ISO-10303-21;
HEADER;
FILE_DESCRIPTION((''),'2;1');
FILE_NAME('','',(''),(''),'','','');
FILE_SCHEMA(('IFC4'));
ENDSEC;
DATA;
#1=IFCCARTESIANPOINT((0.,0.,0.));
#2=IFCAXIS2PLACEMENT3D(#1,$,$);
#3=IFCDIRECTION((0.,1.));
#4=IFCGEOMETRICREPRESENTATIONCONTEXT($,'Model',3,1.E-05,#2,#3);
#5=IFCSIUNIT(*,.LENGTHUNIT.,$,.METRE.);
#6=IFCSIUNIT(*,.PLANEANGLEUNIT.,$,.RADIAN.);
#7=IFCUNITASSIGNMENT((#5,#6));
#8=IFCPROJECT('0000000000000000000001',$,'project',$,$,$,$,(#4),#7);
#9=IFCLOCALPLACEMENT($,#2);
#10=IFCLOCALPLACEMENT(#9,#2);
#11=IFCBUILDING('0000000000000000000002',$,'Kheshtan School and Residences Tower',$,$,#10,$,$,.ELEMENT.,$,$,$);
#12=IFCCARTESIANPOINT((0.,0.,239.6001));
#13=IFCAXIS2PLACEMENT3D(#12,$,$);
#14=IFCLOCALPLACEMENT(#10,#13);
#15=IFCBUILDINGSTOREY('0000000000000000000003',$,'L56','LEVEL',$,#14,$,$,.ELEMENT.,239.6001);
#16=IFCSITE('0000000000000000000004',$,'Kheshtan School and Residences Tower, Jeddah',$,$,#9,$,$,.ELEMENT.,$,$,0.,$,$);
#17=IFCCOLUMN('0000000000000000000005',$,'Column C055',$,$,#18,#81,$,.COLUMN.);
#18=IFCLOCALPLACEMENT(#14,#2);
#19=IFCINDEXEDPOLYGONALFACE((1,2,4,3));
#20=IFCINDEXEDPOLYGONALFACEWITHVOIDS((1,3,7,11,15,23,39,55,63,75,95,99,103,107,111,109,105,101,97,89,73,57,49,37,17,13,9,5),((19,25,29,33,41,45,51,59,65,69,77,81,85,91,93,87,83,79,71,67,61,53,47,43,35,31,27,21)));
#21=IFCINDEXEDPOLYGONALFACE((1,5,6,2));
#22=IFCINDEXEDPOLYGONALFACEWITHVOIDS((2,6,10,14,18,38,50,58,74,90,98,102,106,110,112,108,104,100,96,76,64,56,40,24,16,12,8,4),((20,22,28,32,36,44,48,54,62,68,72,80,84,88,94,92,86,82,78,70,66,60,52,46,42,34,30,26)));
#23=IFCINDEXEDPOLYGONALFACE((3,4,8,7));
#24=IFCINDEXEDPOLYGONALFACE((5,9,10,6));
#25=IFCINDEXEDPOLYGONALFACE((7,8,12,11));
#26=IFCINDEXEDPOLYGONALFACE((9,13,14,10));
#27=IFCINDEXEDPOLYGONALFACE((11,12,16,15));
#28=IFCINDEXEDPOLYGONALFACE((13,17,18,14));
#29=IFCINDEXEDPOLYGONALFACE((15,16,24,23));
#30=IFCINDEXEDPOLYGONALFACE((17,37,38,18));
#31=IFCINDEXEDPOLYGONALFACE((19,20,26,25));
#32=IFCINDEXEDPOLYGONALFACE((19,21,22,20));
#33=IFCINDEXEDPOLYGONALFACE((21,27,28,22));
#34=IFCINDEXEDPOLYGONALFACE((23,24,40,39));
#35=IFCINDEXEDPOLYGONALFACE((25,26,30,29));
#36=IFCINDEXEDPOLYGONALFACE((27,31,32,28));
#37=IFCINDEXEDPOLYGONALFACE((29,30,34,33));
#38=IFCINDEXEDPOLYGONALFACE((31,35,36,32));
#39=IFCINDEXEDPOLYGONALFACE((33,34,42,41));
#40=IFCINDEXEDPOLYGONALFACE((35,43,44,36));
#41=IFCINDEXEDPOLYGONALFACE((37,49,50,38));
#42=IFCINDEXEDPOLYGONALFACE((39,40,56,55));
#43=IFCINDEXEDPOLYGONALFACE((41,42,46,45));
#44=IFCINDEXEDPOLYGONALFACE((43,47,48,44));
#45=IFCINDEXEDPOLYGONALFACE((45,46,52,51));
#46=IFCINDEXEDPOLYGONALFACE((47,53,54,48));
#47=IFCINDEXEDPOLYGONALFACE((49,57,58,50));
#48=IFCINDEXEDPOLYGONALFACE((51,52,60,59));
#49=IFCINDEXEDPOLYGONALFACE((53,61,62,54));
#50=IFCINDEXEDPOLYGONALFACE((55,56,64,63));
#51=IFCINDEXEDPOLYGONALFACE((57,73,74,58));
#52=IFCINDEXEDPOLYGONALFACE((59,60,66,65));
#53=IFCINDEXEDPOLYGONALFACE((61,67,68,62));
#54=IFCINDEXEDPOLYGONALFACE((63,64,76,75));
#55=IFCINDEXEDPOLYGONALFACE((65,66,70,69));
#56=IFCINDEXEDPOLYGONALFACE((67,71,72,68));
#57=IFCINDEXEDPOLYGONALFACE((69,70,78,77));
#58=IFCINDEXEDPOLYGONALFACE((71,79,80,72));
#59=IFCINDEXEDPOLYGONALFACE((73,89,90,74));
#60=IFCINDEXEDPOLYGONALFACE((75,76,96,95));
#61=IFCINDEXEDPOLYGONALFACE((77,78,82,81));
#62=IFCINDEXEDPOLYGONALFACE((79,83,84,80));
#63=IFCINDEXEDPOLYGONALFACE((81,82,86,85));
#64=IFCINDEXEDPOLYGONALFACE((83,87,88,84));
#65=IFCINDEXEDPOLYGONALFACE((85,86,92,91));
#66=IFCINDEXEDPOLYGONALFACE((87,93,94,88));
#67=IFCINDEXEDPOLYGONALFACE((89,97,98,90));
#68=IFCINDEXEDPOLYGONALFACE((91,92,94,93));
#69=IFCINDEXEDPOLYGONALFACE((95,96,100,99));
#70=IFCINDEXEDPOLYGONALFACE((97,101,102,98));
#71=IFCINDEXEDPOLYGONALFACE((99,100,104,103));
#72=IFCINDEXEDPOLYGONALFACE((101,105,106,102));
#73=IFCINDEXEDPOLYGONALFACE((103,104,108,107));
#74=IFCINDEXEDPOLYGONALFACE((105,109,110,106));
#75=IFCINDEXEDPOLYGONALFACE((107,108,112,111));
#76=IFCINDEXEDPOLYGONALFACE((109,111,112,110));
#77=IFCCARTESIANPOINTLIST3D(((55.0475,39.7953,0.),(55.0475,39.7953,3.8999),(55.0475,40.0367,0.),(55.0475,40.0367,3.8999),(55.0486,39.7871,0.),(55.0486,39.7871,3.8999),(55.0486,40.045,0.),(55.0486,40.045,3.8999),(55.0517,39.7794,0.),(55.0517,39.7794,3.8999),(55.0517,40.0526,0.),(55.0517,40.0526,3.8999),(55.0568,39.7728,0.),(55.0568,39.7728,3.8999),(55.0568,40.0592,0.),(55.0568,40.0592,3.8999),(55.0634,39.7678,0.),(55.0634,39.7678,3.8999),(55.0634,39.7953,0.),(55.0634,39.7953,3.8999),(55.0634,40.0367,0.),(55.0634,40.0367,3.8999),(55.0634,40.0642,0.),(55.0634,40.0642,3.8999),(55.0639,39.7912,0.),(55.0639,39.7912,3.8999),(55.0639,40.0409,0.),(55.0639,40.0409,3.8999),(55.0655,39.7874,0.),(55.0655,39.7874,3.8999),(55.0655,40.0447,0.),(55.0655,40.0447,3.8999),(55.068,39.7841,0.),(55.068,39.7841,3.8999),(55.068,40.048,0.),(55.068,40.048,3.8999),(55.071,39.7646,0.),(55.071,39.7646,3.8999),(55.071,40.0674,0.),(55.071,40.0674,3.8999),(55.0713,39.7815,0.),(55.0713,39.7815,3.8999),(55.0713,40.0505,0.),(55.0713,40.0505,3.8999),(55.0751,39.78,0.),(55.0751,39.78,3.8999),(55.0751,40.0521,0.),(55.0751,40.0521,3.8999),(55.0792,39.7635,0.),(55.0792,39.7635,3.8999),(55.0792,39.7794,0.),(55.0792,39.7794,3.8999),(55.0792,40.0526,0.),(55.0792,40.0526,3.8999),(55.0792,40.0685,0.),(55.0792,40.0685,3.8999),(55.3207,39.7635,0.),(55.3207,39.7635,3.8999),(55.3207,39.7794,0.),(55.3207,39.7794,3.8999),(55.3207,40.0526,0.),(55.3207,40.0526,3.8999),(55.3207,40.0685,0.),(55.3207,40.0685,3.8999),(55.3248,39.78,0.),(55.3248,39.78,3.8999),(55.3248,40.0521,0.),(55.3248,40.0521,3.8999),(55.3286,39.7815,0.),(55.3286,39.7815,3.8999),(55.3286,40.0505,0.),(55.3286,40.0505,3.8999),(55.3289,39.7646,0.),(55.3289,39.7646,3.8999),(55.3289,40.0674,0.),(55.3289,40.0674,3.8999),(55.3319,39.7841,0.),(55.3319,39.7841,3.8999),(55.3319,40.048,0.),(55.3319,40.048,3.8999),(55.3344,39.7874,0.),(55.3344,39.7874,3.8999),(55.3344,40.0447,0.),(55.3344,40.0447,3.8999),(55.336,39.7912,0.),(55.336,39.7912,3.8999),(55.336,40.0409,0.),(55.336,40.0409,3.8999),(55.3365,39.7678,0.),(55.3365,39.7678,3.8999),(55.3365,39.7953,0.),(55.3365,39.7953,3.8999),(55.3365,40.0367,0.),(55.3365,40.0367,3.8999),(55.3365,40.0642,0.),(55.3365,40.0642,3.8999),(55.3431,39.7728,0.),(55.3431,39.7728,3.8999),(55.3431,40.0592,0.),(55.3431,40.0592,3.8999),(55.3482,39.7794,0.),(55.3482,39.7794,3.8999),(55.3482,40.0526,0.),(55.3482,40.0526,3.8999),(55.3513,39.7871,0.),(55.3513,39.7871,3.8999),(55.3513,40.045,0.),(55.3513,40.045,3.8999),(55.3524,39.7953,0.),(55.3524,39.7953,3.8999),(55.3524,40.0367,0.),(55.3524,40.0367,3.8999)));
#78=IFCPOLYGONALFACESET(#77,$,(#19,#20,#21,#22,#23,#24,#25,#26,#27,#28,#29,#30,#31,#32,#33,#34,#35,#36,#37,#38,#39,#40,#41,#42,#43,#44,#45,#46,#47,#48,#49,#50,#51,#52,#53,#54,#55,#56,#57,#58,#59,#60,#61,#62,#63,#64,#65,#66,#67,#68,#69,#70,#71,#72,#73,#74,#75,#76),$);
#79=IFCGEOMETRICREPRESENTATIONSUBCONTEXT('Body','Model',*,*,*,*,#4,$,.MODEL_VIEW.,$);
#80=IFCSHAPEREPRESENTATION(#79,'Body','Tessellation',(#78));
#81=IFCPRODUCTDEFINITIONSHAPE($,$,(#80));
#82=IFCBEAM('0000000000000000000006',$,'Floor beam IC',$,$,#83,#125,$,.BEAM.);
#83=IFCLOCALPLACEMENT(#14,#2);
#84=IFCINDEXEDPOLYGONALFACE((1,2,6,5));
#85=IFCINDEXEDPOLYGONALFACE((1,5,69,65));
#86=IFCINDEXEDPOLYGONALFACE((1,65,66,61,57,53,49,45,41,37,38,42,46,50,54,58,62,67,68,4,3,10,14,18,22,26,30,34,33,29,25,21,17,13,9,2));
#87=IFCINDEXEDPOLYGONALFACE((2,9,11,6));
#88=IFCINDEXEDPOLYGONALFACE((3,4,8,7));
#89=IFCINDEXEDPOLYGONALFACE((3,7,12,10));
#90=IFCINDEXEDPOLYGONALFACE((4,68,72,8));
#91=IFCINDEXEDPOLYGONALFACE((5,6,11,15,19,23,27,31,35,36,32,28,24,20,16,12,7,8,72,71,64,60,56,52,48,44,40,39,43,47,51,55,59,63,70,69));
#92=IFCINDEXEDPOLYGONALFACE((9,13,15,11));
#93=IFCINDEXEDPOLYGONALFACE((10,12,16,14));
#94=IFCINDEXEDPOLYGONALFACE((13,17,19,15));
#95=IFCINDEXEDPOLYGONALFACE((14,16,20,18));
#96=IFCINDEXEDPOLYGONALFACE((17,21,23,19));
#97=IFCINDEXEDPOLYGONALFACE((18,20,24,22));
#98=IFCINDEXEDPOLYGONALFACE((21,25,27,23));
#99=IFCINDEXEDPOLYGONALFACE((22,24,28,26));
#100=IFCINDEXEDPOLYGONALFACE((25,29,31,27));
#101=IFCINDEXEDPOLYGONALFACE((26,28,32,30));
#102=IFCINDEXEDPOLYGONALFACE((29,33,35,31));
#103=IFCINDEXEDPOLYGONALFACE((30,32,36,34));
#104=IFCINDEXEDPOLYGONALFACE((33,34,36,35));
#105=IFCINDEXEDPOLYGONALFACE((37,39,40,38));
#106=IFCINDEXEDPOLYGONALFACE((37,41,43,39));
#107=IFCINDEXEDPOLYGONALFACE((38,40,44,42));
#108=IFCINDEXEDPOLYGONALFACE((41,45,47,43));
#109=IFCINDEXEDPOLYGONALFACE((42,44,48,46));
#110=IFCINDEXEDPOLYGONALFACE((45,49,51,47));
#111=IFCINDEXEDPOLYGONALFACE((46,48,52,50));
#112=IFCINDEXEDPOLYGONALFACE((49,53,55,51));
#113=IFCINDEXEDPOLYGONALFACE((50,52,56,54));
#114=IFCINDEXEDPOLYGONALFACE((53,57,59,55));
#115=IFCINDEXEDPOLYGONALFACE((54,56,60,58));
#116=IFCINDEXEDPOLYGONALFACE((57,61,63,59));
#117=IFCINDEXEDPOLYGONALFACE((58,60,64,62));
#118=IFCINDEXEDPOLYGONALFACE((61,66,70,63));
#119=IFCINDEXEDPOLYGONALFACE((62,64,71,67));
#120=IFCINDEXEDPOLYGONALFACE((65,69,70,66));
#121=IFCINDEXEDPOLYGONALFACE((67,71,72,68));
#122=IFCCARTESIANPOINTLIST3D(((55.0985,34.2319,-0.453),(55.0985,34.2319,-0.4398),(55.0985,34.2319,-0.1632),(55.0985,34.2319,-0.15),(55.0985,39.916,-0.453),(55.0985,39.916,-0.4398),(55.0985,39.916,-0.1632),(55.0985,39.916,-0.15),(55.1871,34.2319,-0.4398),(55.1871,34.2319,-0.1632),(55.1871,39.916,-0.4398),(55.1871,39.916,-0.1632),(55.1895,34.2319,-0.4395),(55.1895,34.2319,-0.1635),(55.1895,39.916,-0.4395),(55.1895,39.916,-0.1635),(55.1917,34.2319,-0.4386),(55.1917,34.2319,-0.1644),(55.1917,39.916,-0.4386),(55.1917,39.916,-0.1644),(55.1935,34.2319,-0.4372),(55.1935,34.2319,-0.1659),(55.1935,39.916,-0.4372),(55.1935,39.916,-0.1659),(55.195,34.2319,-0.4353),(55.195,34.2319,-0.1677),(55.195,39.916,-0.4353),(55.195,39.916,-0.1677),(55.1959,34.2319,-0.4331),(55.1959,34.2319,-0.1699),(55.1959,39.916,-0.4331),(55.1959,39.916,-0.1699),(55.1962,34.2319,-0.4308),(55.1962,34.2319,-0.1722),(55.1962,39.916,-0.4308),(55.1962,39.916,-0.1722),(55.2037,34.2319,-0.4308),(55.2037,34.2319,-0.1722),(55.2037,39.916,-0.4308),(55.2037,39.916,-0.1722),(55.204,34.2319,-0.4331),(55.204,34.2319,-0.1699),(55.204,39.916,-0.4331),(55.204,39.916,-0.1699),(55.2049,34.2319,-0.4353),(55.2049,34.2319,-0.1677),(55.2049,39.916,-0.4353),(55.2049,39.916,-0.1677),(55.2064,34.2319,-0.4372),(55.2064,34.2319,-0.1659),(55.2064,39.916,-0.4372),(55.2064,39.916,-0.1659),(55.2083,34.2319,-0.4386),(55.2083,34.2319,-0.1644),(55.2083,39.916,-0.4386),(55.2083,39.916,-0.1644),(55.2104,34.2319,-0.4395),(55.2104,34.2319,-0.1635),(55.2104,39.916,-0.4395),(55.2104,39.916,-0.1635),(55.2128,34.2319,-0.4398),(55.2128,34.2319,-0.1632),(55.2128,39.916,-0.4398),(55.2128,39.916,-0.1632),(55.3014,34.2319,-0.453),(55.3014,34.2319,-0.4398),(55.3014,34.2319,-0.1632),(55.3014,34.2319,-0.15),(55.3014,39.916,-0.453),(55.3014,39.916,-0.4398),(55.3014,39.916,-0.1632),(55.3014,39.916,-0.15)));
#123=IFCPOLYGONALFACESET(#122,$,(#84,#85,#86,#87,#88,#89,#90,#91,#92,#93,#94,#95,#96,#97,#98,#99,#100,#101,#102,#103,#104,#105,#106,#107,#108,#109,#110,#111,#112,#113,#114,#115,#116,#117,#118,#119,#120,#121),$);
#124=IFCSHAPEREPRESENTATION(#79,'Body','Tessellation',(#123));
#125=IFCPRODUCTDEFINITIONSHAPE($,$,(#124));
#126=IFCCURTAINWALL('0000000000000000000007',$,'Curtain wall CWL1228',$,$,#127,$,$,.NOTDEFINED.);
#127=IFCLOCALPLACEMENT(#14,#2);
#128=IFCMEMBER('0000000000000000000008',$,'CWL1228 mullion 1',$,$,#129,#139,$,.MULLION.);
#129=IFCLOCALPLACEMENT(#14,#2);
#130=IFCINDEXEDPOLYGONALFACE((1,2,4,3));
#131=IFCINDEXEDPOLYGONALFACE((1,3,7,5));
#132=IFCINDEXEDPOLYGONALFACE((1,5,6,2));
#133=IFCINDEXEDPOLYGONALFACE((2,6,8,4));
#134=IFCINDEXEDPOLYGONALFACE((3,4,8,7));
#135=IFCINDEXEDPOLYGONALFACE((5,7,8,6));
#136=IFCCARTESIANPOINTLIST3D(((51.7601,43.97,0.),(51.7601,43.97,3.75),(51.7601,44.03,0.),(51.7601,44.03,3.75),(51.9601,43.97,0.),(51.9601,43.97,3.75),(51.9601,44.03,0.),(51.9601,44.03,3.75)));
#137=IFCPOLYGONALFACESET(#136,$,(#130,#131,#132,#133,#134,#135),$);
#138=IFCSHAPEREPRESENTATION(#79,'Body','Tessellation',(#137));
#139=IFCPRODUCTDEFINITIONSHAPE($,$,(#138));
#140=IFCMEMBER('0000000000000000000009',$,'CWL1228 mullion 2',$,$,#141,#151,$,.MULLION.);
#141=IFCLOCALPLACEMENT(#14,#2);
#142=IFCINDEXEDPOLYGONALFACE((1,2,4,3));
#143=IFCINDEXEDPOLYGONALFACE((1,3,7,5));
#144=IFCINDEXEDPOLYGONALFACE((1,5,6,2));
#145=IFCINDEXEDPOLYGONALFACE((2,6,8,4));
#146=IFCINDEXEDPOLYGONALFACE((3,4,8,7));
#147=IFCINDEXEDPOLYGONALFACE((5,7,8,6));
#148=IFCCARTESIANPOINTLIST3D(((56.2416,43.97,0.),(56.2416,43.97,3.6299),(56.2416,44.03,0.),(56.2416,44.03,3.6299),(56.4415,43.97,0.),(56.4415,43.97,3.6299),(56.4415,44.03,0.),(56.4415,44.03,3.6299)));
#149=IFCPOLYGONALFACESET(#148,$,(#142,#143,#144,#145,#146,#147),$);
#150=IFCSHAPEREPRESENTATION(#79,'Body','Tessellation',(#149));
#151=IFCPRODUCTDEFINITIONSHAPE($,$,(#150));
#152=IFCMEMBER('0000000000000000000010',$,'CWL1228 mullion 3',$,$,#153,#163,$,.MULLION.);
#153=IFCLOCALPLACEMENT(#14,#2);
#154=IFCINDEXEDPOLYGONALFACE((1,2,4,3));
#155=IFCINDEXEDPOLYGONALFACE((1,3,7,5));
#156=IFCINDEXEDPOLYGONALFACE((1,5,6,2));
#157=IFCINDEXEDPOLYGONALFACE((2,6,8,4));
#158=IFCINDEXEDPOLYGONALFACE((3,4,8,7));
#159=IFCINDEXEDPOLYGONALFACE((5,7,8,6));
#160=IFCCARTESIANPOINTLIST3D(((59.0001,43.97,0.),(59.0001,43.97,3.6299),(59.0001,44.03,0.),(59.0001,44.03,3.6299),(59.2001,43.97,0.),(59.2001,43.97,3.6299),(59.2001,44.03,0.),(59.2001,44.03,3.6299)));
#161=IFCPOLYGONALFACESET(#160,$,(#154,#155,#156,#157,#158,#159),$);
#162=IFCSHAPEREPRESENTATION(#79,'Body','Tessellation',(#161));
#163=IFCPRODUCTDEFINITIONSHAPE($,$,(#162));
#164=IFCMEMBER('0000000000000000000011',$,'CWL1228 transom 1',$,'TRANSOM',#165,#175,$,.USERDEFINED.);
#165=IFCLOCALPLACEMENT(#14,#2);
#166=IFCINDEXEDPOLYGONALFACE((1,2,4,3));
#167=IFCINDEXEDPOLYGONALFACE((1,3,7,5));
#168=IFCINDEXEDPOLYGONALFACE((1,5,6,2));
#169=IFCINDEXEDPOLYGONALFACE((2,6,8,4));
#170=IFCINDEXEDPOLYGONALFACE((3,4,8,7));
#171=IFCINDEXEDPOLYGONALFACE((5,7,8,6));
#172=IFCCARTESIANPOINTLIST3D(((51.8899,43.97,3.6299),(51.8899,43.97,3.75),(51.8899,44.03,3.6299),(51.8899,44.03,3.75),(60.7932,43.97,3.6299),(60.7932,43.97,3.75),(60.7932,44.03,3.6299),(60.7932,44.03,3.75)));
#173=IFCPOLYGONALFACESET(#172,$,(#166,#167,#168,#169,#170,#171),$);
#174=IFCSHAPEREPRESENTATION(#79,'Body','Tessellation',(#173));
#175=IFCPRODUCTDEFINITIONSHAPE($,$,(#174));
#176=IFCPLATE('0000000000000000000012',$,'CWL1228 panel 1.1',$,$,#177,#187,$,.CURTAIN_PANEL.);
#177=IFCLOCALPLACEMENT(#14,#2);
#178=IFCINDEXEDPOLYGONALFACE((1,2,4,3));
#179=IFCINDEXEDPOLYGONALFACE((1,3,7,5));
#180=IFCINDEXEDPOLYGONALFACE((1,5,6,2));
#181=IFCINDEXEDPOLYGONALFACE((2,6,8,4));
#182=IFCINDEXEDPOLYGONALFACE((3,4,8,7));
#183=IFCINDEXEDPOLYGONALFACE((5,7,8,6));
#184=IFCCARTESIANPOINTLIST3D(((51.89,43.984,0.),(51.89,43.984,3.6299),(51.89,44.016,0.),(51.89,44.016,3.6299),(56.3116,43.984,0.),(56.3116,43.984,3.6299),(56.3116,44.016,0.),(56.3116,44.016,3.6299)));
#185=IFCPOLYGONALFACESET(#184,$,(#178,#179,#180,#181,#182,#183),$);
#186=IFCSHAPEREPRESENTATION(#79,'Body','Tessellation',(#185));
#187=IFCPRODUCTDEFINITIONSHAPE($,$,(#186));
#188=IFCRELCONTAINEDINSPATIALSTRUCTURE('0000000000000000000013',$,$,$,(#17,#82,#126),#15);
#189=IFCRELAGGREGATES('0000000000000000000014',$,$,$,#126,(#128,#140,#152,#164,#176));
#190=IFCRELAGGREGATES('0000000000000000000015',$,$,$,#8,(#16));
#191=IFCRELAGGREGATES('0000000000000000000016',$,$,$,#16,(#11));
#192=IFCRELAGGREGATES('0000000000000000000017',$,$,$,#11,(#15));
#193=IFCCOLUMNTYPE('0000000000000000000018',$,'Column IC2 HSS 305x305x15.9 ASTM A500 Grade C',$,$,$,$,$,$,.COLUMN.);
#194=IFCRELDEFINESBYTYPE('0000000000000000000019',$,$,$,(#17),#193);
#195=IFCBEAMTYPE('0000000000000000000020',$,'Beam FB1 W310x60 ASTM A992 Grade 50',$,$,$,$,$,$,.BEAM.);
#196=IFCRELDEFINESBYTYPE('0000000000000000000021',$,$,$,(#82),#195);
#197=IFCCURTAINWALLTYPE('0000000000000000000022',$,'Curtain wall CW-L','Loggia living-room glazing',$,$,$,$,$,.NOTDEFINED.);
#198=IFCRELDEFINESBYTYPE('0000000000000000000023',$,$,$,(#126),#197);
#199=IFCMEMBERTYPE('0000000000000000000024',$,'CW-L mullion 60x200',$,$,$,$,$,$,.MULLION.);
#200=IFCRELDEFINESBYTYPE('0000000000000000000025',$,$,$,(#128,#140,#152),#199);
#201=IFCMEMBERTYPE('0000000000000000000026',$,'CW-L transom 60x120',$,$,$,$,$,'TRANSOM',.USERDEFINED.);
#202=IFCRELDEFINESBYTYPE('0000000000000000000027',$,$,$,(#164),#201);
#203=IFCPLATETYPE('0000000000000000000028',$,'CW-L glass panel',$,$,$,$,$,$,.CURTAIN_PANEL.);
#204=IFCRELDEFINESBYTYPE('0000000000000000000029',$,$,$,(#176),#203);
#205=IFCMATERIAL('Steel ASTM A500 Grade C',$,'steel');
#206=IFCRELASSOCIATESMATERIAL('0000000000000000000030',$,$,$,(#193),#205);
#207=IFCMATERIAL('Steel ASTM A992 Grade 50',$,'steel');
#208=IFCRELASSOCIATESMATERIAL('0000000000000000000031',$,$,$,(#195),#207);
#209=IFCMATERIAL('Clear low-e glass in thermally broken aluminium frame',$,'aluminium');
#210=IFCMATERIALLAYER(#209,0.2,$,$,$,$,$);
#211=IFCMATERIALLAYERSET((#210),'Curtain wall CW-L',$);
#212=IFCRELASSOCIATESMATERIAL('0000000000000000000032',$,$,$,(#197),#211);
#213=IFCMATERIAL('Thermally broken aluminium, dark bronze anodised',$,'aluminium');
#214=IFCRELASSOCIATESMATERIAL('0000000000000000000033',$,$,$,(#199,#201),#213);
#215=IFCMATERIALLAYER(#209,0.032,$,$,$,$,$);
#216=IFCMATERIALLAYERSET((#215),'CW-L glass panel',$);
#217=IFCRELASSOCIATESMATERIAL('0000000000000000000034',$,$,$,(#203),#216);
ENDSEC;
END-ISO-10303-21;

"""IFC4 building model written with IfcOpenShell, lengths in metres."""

from ifc_helpers import new_model, si_unit, direction, frame, origin, origin_2d, place, context, subcontext, project, spatial, rectangle, hollow_rectangle, i_section, extrude, material, layer, layer_set, material_profile, profile_set, type_object, element, aggregate, save


model = new_model("IFC4")

# Units and contexts
model_context = context("Model", 3, precision=1e-05, world=origin(), true_north=direction((0.0, 1.0)))
body_context = subcontext(model_context, "Body", "Model", "MODEL_VIEW")
ifc_project = project(units=[si_unit("LENGTHUNIT", "METRE"), si_unit("PLANEANGLEUNIT", "RADIAN")], contexts=[model_context])

# Site, building, storey
site_placement = place(None, origin())
site = spatial("IfcSite", under=ifc_project, at=site_placement, Name="Kheshtan School and Residences Tower, Jeddah", CompositionType="ELEMENT", RefElevation=0.0)
building_placement = place(site_placement, origin())
building = spatial("IfcBuilding", under=site, at=building_placement, Name="Kheshtan School and Residences Tower", CompositionType="ELEMENT")
storey_placement = place(building_placement, frame((0.0, 0.0, 239.6001)))
storey = spatial("IfcBuildingStorey", under=building, at=storey_placement, Name="L56", Description="LEVEL", CompositionType="ELEMENT", Elevation=239.6001)

# Column
ifc_material_1 = material(Name="Steel ASTM A500 Grade C", Category="steel")
ifc_material_profile_1 = material_profile(ifc_material_1, hollow_rectangle(XDim=0.3049, YDim=0.3049, WallThickness=0.0159, InnerFilletRadius=0.0159, OuterFilletRadius=0.0317, at=origin_2d()), Name="HSS 305x305x15.9")
ifc_profile_set_1 = profile_set([ifc_material_profile_1], Name="Steel ASTM A500 Grade C")
column_type = type_object("IfcColumnType", Name="Column IC2 HSS 305x305x15.9 ASTM A500 Grade C", PredefinedType="COLUMN", material=ifc_profile_set_1)
column_placement = place(storey_placement, frame((55.2, 39.916, 0.0), z_axis=(0.0, 0.0, 1.0), x_axis=(1.0, 0.0, 0.0)))
element("IfcColumn", 1, at=column_placement, inside=storey, type_object=column_type, Name="Column C055", PredefinedType="COLUMN", context=body_context, shape_type="SweptSolid", body=[
    extrude(hollow_rectangle(XDim=0.3049, YDim=0.3049, WallThickness=0.0159, InnerFilletRadius=0.0159, OuterFilletRadius=0.0317, at=origin_2d()), origin(), (0.0, 0.0, 1.0), 3.8999),
])

# Beam
ifc_material_2 = material(Name="Steel ASTM A992 Grade 50", Category="steel")
ifc_material_profile_2 = material_profile(ifc_material_2, i_section(OverallWidth=0.2029, OverallDepth=0.303, WebThickness=0.0076, FlangeThickness=0.0132, FilletRadius=0.009, at=origin_2d()), Name="W310x60")
ifc_profile_set_2 = profile_set([ifc_material_profile_2], Name="Steel ASTM A992 Grade 50")
beam_type = type_object("IfcBeamType", Name="Beam FB1 W310x60 ASTM A992 Grade 50", PredefinedType="BEAM", material=ifc_profile_set_2)
beam_placement = place(storey_placement, frame((55.2, 34.2319, -0.3015), z_axis=(0.0, 1.0, 0.0), x_axis=(-1.0, 0.0, 0.0)))
element("IfcBeam", 2, at=beam_placement, inside=storey, type_object=beam_type, Name="Floor beam IC", PredefinedType="BEAM", context=body_context, shape_type="SweptSolid", body=[
    extrude(i_section(OverallWidth=0.2029, OverallDepth=0.303, WebThickness=0.0076, FlangeThickness=0.0132, FilletRadius=0.009, at=origin_2d()), origin(), (0.0, 0.0, 1.0), 5.6841),
])

# Curtain wall, members, plate
ifc_material_3 = material(Name="Clear low-e glass in thermally broken aluminium frame", Category="aluminium")
ifc_layer_1 = layer(ifc_material_3, 0.2)
ifc_layer_set_1 = layer_set([ifc_layer_1], Name="Curtain wall CW-L")
curtain_wall_type = type_object("IfcCurtainWallType", Name="Curtain wall CW-L", Description="Loggia living-room glazing", PredefinedType="NOTDEFINED", material=ifc_layer_set_1)
curtain_wall_placement = place(storey_placement, origin())
curtain_wall = element("IfcCurtainWall", 3, at=curtain_wall_placement, inside=storey, type_object=curtain_wall_type, Name="Curtain wall CWL1228", PredefinedType="NOTDEFINED")
ifc_material_4 = material(Name="Thermally broken aluminium, dark bronze anodised", Category="aluminium")
ifc_material_profile_3 = material_profile(ifc_material_4, rectangle(XDim=0.0601, YDim=0.2, at=origin_2d()), Name="CW-L mullion 60x200")
ifc_profile_set_3 = profile_set([ifc_material_profile_3], Name="Thermally broken aluminium, dark bronze anodised")
member_type_1 = type_object("IfcMemberType", Name="CW-L mullion 60x200", PredefinedType="MULLION", material=ifc_profile_set_3)
member_1_placement = place(storey_placement, frame((51.8601, 44.0, 0.0), z_axis=(0.0, 0.0, 1.0), x_axis=(0.0, 1.0, 0.0)))
member_1 = element("IfcMember", 4, at=member_1_placement, type_object=member_type_1, Name="CWL1228 mullion 1", PredefinedType="MULLION", context=body_context, shape_type="SweptSolid", body=[
    extrude(rectangle(XDim=0.0601, YDim=0.2, at=origin_2d()), origin(), (0.0, 0.0, 1.0), 3.75),
])
member_2_placement = place(storey_placement, frame((56.3416, 44.0, 0.0), z_axis=(0.0, 0.0, 1.0), x_axis=(0.0, 1.0, 0.0)))
member_2 = element("IfcMember", 5, at=member_2_placement, type_object=member_type_1, Name="CWL1228 mullion 2", PredefinedType="MULLION", context=body_context, shape_type="SweptSolid", body=[
    extrude(rectangle(XDim=0.0601, YDim=0.2, at=origin_2d()), origin(), (0.0, 0.0, 1.0), 3.6299),
])
member_3_placement = place(storey_placement, frame((59.1001, 44.0, 0.0), z_axis=(0.0, 0.0, 1.0), x_axis=(0.0, 1.0, 0.0)))
member_3 = element("IfcMember", 6, at=member_3_placement, type_object=member_type_1, Name="CWL1228 mullion 3", PredefinedType="MULLION", context=body_context, shape_type="SweptSolid", body=[
    extrude(rectangle(XDim=0.0601, YDim=0.2, at=origin_2d()), origin(), (0.0, 0.0, 1.0), 3.6299),
])
ifc_material_profile_4 = material_profile(ifc_material_4, rectangle(XDim=0.0601, YDim=0.1201, at=origin_2d()), Name="CW-L transom 60x120")
ifc_profile_set_4 = profile_set([ifc_material_profile_4], Name="Thermally broken aluminium, dark bronze anodised")
member_type_2 = type_object("IfcMemberType", Name="CW-L transom 60x120", ElementType="TRANSOM", PredefinedType="USERDEFINED", material=ifc_profile_set_4)
member_4_placement = place(storey_placement, frame((51.8899, 44.0, 3.6899), z_axis=(1.0, 0.0, 0.0), x_axis=(0.0, 1.0, 0.0)))
member_4 = element("IfcMember", 7, at=member_4_placement, type_object=member_type_2, Name="CWL1228 transom 1", ObjectType="TRANSOM", PredefinedType="USERDEFINED", context=body_context, shape_type="SweptSolid", body=[
    extrude(rectangle(XDim=0.0601, YDim=0.1201, at=origin_2d()), origin(), (0.0, 0.0, 1.0), 8.9033),
])
ifc_layer_2 = layer(ifc_material_3, 0.032)
ifc_layer_set_2 = layer_set([ifc_layer_2], Name="CW-L glass panel")
plate_type = type_object("IfcPlateType", Name="CW-L glass panel", PredefinedType="CURTAIN_PANEL", material=ifc_layer_set_2)
plate_1_placement = place(storey_placement, frame((54.1008, 44.0, 0.0), z_axis=(0.0, 0.0, 1.0), x_axis=(1.0, 0.0, 0.0)))
plate_1 = element("IfcPlate", 8, at=plate_1_placement, type_object=plate_type, Name="CWL1228 panel 1.1", PredefinedType="CURTAIN_PANEL", context=body_context, shape_type="SweptSolid", body=[
    extrude(rectangle(XDim=4.4216, YDim=0.032, at=origin_2d()), origin(), (0.0, 0.0, 1.0), 3.6299),
])
aggregate(curtain_wall, [member_1, member_2, member_3, member_4, plate_1])

save(model, "model.ifc")
